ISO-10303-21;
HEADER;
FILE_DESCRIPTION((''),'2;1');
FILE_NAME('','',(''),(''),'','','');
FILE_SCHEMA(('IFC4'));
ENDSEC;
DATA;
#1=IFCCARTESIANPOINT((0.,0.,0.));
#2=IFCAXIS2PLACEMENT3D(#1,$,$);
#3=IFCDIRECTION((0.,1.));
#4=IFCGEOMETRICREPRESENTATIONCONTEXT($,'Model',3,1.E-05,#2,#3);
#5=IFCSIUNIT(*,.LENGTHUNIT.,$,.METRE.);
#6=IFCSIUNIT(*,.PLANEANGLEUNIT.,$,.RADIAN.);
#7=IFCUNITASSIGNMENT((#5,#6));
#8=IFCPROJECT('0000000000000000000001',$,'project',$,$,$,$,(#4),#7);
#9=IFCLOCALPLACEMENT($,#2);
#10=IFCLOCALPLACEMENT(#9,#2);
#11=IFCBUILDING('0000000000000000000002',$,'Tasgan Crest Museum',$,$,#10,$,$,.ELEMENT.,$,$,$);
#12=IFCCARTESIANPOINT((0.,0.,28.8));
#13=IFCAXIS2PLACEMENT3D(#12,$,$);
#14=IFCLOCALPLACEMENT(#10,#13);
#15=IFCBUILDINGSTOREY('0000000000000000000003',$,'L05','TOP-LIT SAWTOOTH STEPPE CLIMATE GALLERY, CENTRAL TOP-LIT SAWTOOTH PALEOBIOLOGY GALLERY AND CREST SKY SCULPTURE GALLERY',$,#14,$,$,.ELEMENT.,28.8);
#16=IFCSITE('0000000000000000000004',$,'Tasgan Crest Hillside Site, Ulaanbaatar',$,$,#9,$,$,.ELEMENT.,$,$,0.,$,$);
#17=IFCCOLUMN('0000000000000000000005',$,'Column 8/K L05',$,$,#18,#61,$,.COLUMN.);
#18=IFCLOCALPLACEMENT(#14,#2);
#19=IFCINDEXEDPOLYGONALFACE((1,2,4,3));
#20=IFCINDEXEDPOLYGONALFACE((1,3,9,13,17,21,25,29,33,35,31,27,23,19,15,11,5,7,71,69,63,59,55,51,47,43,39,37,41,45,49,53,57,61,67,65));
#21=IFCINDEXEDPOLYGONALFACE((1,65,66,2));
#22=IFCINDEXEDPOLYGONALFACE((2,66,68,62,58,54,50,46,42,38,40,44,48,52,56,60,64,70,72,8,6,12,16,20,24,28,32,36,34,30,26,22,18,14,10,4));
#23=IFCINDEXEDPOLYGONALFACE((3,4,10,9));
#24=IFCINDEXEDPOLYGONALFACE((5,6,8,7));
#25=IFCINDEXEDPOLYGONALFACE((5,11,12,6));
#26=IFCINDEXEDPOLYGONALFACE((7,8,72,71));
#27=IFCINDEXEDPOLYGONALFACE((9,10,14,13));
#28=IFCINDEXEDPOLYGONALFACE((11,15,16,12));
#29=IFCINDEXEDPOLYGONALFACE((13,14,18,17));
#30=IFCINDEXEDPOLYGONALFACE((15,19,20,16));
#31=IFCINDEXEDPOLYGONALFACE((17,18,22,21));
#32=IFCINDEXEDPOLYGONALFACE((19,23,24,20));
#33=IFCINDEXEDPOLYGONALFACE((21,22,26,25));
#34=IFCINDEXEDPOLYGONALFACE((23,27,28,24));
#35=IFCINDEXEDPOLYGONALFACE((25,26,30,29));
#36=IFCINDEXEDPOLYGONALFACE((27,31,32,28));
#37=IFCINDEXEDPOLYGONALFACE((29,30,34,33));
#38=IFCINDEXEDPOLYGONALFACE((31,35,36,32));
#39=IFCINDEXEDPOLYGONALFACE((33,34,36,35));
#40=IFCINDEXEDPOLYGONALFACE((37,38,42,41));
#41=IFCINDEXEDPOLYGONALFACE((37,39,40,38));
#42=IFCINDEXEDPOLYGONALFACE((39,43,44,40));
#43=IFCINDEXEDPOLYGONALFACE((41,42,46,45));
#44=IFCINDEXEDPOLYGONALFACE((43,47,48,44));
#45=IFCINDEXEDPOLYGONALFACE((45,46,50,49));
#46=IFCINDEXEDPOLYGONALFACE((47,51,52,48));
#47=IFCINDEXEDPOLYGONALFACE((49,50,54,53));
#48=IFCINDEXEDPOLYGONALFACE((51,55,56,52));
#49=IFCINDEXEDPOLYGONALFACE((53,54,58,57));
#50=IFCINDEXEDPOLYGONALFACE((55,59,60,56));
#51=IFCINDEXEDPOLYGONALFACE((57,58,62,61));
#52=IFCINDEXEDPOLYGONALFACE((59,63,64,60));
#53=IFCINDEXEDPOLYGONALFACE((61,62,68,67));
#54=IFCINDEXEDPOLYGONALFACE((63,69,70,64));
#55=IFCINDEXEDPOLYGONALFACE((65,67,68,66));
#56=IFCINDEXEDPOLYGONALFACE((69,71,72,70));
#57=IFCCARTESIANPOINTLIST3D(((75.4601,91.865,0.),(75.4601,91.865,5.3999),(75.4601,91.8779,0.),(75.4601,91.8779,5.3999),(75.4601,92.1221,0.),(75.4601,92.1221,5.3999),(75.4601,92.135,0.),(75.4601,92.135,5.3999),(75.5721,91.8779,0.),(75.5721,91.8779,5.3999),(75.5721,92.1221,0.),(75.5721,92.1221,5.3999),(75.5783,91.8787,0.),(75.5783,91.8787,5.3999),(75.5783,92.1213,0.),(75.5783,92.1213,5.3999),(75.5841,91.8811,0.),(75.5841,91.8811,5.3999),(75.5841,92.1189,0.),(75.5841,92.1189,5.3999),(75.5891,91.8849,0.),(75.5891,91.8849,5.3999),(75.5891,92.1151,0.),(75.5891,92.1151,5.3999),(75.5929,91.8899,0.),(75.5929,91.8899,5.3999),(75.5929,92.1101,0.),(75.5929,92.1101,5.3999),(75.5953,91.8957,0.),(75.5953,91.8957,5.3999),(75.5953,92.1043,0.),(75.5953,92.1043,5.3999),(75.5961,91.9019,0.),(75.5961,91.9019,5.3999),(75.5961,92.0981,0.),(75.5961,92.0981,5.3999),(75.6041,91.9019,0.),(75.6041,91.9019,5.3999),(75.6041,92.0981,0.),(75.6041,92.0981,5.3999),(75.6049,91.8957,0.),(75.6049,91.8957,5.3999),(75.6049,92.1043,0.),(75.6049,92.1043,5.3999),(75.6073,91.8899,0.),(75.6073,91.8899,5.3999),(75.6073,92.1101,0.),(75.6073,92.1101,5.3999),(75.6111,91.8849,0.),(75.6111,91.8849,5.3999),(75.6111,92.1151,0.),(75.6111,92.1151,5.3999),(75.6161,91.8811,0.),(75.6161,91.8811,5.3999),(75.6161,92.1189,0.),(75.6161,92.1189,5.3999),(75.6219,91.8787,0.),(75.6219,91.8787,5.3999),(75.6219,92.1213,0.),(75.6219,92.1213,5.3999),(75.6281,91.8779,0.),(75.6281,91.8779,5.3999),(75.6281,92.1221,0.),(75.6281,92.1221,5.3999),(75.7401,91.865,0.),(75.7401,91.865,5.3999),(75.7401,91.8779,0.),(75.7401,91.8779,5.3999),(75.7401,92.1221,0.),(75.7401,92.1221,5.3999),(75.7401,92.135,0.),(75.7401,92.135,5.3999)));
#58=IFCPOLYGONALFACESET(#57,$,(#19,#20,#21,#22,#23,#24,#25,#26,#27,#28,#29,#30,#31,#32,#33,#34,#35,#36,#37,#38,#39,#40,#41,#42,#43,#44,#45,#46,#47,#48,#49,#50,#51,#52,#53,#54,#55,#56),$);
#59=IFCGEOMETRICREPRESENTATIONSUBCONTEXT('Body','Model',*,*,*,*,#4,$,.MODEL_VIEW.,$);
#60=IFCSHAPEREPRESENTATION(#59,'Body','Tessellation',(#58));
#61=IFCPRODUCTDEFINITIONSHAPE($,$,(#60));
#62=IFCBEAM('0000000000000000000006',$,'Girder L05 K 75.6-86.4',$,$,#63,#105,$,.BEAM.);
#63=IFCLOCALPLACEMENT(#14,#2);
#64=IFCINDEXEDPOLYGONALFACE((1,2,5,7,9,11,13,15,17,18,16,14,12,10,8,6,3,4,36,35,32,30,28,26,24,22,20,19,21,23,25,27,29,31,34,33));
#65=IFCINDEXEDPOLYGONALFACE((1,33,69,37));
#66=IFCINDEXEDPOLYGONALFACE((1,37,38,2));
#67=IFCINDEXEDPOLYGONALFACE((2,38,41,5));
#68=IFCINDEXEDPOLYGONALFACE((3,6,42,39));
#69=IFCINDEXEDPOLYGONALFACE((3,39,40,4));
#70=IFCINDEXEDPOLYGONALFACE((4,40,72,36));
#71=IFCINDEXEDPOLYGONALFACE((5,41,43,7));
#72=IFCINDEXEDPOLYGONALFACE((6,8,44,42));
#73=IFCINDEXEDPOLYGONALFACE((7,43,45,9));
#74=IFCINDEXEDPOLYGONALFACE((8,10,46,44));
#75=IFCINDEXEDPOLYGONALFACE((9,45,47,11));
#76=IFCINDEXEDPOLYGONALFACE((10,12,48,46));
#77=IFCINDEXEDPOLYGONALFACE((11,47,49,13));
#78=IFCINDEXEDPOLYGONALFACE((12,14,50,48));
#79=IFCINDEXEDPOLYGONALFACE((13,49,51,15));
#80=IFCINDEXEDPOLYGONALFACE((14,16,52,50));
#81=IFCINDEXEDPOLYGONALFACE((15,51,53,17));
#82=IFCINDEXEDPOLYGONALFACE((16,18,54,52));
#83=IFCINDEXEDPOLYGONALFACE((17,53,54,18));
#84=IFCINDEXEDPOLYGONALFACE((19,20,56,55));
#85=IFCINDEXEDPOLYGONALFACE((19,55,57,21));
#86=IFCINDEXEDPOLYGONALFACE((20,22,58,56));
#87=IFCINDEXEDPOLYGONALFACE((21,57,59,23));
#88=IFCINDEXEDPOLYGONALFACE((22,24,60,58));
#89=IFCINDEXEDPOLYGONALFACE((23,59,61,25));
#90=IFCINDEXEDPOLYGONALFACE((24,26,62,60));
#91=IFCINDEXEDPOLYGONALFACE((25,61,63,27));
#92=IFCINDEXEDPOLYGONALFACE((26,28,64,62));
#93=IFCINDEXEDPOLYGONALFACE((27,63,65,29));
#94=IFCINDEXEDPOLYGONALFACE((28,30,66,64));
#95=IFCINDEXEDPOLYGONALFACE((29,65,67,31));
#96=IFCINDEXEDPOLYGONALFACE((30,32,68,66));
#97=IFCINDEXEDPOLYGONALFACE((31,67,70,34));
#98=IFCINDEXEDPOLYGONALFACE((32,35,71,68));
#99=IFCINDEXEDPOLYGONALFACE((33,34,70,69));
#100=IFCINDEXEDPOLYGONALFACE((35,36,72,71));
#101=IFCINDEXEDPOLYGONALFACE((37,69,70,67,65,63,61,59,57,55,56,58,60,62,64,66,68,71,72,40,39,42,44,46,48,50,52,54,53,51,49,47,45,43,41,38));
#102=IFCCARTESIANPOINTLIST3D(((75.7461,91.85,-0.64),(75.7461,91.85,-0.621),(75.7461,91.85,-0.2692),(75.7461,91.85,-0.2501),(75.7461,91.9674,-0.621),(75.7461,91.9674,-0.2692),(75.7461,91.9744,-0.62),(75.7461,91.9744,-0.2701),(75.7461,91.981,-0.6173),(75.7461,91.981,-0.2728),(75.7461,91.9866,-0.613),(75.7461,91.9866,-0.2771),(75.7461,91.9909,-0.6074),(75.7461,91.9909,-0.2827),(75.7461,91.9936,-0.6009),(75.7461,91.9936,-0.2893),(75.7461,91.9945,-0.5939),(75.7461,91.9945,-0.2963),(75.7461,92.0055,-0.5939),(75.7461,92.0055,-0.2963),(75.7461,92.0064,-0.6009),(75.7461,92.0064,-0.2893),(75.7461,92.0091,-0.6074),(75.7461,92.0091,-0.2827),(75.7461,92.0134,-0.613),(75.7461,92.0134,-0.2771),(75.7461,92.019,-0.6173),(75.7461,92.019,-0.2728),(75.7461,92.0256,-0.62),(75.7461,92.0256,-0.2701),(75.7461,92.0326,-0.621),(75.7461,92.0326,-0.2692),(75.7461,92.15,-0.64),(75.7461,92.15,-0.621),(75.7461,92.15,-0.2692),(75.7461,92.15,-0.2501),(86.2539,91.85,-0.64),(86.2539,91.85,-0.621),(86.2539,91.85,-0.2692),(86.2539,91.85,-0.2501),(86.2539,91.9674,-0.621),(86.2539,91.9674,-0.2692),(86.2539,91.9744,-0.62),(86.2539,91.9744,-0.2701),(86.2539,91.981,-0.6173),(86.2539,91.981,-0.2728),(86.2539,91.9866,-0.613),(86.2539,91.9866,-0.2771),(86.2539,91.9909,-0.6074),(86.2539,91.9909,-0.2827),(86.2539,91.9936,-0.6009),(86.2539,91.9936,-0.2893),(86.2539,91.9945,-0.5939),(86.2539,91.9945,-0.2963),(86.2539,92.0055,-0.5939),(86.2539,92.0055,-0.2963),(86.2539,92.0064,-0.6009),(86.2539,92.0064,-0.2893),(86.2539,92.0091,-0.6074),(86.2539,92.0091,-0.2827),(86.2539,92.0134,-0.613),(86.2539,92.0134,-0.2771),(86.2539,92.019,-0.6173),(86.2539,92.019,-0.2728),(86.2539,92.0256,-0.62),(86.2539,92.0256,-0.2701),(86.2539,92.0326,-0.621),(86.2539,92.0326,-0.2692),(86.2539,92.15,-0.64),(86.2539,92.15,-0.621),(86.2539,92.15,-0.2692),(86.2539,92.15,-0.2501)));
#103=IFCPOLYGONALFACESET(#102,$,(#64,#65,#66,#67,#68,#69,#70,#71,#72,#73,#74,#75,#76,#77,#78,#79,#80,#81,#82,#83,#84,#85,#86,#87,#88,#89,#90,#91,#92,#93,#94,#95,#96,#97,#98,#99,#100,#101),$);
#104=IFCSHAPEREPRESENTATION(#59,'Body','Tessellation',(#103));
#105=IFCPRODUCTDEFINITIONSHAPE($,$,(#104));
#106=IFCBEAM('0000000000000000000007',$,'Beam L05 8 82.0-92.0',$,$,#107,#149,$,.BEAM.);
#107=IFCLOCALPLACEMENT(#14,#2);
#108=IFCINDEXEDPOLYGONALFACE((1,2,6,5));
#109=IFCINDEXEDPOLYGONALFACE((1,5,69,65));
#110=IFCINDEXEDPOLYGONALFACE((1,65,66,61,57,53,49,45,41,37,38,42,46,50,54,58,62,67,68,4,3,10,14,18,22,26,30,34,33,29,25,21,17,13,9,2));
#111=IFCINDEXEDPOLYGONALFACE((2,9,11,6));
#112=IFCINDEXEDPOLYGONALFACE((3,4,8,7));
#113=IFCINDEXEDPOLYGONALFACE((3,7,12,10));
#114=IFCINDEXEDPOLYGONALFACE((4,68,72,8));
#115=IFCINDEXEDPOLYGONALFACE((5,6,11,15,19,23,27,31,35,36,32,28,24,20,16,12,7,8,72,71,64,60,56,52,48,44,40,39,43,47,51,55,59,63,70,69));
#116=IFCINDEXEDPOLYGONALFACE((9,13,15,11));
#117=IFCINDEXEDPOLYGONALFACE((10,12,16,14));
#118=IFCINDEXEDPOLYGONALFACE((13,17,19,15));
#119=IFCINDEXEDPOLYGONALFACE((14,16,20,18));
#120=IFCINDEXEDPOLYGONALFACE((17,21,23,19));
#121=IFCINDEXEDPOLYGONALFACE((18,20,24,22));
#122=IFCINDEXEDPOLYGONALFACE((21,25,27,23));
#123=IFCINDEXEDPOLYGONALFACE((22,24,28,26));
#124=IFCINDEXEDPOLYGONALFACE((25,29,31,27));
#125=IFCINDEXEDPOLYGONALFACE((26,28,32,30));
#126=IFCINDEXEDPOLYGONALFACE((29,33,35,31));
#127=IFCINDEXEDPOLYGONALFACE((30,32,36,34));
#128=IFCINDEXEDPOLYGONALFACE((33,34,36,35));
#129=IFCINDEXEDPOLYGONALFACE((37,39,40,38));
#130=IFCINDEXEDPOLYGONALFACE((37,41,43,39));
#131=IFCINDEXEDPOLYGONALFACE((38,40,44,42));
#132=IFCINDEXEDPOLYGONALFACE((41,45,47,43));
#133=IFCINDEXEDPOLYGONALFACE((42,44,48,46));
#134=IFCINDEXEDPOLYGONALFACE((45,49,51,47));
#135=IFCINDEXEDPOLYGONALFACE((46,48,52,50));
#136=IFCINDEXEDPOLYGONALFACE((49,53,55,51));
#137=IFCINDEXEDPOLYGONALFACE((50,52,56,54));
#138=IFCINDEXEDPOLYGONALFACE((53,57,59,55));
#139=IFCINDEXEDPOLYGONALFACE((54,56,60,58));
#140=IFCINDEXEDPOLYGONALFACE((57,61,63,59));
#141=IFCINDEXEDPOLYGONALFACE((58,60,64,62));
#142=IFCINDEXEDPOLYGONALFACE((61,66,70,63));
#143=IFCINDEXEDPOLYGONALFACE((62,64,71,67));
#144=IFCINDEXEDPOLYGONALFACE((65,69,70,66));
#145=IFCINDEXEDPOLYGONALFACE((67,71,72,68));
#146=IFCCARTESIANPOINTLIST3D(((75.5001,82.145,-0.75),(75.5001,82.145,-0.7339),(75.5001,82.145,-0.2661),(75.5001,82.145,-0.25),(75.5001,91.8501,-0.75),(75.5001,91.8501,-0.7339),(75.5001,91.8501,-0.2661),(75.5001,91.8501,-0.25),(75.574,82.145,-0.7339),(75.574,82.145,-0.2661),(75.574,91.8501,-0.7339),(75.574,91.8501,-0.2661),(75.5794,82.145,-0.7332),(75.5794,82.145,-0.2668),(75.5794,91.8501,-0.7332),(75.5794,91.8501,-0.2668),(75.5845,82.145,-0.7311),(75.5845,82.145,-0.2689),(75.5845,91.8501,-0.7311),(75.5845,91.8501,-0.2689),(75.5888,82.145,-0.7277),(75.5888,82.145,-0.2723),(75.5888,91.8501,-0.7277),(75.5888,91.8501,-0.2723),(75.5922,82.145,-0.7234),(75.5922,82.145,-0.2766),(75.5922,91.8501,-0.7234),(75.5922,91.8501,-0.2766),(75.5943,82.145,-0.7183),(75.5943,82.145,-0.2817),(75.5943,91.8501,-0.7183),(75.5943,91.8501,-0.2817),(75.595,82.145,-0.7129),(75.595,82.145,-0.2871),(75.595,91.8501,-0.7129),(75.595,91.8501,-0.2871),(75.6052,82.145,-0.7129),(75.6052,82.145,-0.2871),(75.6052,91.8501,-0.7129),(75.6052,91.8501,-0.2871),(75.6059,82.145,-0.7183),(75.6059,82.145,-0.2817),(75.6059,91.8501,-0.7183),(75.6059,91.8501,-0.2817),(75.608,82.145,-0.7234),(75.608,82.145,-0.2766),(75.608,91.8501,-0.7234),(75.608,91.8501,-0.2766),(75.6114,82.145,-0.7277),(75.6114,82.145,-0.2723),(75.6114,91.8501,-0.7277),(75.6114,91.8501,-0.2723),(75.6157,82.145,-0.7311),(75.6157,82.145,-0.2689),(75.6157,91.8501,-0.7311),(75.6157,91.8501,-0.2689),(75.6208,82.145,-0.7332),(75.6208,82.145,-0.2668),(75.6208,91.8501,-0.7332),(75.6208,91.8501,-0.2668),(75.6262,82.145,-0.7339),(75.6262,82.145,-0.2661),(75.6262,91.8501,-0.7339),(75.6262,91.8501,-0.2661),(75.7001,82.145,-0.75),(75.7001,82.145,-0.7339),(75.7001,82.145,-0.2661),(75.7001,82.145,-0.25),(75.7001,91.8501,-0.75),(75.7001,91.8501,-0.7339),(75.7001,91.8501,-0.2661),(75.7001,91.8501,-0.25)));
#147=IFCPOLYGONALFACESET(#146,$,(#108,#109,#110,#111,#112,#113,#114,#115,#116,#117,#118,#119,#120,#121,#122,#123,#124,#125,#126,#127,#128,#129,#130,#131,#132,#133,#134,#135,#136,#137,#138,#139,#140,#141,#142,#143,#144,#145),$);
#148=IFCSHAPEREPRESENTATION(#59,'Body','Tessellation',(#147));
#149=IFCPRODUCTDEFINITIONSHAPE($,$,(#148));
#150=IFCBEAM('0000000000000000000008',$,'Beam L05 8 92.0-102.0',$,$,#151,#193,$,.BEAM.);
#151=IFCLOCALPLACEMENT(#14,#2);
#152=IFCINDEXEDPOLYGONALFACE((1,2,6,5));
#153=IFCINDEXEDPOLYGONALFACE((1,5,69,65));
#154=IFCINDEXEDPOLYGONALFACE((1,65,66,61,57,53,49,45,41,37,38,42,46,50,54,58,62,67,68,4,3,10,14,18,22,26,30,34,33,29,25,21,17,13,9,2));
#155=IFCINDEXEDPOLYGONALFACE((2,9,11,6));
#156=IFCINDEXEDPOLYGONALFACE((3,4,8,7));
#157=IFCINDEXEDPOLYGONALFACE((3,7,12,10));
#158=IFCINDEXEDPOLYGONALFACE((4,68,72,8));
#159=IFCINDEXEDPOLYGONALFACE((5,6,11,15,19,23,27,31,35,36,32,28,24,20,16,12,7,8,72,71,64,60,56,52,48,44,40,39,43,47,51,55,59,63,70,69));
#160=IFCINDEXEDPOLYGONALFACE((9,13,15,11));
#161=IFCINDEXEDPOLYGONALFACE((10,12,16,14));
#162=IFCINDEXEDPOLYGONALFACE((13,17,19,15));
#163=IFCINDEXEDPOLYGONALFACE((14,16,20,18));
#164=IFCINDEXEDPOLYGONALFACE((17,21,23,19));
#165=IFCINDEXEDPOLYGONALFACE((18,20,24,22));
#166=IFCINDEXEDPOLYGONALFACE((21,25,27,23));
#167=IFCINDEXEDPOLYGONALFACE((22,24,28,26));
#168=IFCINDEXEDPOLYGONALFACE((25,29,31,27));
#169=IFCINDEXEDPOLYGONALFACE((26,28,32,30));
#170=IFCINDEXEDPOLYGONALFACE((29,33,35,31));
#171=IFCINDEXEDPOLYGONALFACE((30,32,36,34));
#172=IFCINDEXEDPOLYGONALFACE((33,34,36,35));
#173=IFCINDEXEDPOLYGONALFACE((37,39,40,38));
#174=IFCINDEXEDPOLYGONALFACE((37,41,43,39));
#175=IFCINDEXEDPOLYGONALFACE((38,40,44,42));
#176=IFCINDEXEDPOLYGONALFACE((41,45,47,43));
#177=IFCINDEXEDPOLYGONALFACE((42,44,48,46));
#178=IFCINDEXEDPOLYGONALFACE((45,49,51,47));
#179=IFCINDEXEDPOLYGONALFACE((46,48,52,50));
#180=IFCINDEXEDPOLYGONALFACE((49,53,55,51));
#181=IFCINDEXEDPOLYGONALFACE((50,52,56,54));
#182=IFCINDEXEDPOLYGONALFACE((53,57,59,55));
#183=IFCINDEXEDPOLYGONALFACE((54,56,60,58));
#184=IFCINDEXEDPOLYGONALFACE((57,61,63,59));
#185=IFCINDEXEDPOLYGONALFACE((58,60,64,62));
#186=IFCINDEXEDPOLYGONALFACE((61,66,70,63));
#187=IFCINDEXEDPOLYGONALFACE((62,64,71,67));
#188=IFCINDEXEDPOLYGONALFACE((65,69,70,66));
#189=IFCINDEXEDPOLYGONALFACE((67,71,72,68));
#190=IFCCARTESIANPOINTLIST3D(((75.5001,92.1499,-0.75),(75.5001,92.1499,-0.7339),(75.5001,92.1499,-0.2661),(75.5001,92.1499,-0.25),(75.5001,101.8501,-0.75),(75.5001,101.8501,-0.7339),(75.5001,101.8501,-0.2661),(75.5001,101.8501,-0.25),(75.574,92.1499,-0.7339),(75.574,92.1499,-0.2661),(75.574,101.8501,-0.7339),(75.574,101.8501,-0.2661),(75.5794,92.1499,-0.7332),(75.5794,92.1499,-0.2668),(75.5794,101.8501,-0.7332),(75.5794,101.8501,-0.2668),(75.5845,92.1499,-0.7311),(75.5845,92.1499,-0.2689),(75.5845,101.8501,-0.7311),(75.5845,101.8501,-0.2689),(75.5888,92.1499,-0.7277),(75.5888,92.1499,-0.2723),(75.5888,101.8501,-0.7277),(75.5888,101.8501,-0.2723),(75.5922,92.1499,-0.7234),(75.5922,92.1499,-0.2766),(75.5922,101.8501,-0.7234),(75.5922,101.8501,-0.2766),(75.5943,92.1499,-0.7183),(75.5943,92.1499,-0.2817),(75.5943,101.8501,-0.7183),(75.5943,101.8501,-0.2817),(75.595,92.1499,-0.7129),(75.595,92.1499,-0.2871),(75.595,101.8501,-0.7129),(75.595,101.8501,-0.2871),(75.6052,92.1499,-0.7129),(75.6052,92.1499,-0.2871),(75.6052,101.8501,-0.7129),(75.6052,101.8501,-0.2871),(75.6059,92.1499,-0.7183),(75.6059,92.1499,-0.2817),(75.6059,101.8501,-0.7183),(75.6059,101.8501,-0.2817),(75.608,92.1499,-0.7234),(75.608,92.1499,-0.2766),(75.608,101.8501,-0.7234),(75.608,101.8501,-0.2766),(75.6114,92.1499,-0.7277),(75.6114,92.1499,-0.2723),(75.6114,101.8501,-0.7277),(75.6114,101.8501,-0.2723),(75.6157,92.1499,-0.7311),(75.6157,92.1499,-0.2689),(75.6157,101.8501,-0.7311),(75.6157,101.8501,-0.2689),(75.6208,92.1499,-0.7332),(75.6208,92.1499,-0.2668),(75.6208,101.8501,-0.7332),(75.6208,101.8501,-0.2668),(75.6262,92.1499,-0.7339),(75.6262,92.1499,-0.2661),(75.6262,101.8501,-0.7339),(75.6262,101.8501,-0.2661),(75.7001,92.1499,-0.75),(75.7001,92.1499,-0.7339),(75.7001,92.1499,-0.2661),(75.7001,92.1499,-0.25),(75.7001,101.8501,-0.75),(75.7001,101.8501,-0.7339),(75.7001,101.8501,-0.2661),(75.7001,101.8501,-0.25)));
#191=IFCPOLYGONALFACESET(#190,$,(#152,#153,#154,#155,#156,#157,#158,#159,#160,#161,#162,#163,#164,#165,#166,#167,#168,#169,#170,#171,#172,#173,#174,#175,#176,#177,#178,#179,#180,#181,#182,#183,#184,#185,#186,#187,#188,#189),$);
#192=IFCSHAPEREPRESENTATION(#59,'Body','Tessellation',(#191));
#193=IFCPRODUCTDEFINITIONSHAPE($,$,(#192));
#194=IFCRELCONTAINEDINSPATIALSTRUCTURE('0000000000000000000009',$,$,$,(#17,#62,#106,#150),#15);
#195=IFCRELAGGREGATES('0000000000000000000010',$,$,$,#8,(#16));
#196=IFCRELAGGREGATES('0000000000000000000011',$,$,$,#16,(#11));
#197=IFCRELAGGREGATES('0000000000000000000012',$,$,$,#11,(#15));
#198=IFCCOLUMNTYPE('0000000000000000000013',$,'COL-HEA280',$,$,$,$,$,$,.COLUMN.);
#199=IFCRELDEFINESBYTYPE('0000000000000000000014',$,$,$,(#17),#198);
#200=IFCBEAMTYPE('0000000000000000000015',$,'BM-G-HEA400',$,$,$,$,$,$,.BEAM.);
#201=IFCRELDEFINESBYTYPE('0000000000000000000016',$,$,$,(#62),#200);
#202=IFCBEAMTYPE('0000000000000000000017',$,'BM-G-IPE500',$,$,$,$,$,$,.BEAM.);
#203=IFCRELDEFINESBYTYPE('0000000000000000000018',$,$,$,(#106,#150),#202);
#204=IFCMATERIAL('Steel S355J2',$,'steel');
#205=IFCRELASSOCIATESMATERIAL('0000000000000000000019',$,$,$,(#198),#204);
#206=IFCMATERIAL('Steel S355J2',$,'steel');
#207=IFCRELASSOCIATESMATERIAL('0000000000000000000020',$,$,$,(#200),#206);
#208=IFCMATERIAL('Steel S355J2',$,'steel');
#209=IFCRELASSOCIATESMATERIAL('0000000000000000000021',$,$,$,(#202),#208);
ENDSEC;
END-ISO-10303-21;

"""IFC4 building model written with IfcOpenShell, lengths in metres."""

from ifc_helpers import new_model, si_unit, direction, frame, origin, origin_2d, place, context, subcontext, project, spatial, i_section, extrude, material, material_profile, profile_set, type_object, element, save


model = new_model("IFC4")

# Units and contexts
model_context = context("Model", 3, precision=1e-05, world=origin(), true_north=direction((0.0, 1.0)))
body_context = subcontext(model_context, "Body", "Model", "MODEL_VIEW")
ifc_project = project(units=[si_unit("LENGTHUNIT", "METRE"), si_unit("PLANEANGLEUNIT", "RADIAN")], contexts=[model_context])

# Site, building, storey
site_placement = place(None, origin())
site = spatial("IfcSite", under=ifc_project, at=site_placement, Name="Tasgan Crest Hillside Site, Ulaanbaatar", CompositionType="ELEMENT", RefElevation=0.0)
building_placement = place(site_placement, origin())
building = spatial("IfcBuilding", under=site, at=building_placement, Name="Tasgan Crest Museum", CompositionType="ELEMENT")
storey_placement = place(building_placement, frame((0.0, 0.0, 28.8)))
storey = spatial("IfcBuildingStorey", under=building, at=storey_placement, Name="L05", Description="TOP-LIT SAWTOOTH STEPPE CLIMATE GALLERY, CENTRAL TOP-LIT SAWTOOTH PALEOBIOLOGY GALLERY AND CREST SKY SCULPTURE GALLERY", CompositionType="ELEMENT", Elevation=28.8)

# Column
ifc_material_1 = material(Name="Steel S355J2", Category="steel")
ifc_material_profile_1 = material_profile(ifc_material_1, i_section(OverallWidth=0.28, OverallDepth=0.27, WebThickness=0.0081, FlangeThickness=0.0129, FilletRadius=0.0239, at=origin_2d()), Name="HEA 280")
ifc_profile_set_1 = profile_set([ifc_material_profile_1], Name="Steel S355J2")
column_type = type_object("IfcColumnType", Name="COL-HEA280", PredefinedType="COLUMN", material=ifc_profile_set_1)
column_placement = place(storey_placement, frame((75.6001, 92.0, 0.0), z_axis=(0.0, 0.0, 1.0), x_axis=(1.0, 0.0, 0.0)))
element("IfcColumn", 1, at=column_placement, inside=storey, type_object=column_type, Name="Column 8/K L05", PredefinedType="COLUMN", context=body_context, shape_type="SweptSolid", body=[
    extrude(i_section(OverallWidth=0.28, OverallDepth=0.27, WebThickness=0.0081, FlangeThickness=0.0129, FilletRadius=0.0239, at=origin_2d()), origin(), (0.0, 0.0, 1.0), 5.3999),
])

# Beams
ifc_material_2 = material(Name="Steel S355J2", Category="steel")
ifc_material_profile_2 = material_profile(ifc_material_2, i_section(OverallWidth=0.3, OverallDepth=0.3899, WebThickness=0.011, FlangeThickness=0.019, FilletRadius=0.0271, at=origin_2d()), Name="HEA 400")
ifc_profile_set_2 = profile_set([ifc_material_profile_2], Name="Steel S355J2")
beam_type_1 = type_object("IfcBeamType", Name="BM-G-HEA400", PredefinedType="BEAM", material=ifc_profile_set_2)
beam_1_placement = place(storey_placement, frame((75.7461, 92.0, -0.4451), z_axis=(1.0, 0.0, 0.0), x_axis=(0.0, 1.0, 0.0)))
element("IfcBeam", 2, at=beam_1_placement, inside=storey, type_object=beam_type_1, Name="Girder L05 K 75.6-86.4", PredefinedType="BEAM", context=body_context, shape_type="SweptSolid", body=[
    extrude(i_section(OverallWidth=0.3, OverallDepth=0.3899, WebThickness=0.011, FlangeThickness=0.019, FilletRadius=0.0271, at=origin_2d()), origin(), (0.0, 0.0, 1.0), 10.5078),
])
ifc_material_3 = material(Name="Steel S355J2", Category="steel")
ifc_material_profile_3 = material_profile(ifc_material_3, i_section(OverallWidth=0.2, OverallDepth=0.5, WebThickness=0.0103, FlangeThickness=0.0161, FilletRadius=0.021, at=origin_2d()), Name="IPE 500")
ifc_profile_set_3 = profile_set([ifc_material_profile_3], Name="Steel S355J2")
beam_type_2 = type_object("IfcBeamType", Name="BM-G-IPE500", PredefinedType="BEAM", material=ifc_profile_set_3)
beam_2_placement = place(storey_placement, frame((75.6001, 82.145, -0.5), z_axis=(0.0, 1.0, 0.0), x_axis=(-1.0, 0.0, 0.0)))
element("IfcBeam", 3, at=beam_2_placement, inside=storey, type_object=beam_type_2, Name="Beam L05 8 82.0-92.0", PredefinedType="BEAM", context=body_context, shape_type="SweptSolid", body=[
    extrude(i_section(OverallWidth=0.2, OverallDepth=0.5, WebThickness=0.0103, FlangeThickness=0.0161, FilletRadius=0.021, at=origin_2d()), origin(), (0.0, 0.0, 1.0), 9.7051),
])
beam_3_placement = place(storey_placement, frame((75.6001, 92.1499, -0.5), z_axis=(0.0, 1.0, 0.0), x_axis=(-1.0, 0.0, 0.0)))
element("IfcBeam", 4, at=beam_3_placement, inside=storey, type_object=beam_type_2, Name="Beam L05 8 92.0-102.0", PredefinedType="BEAM", context=body_context, shape_type="SweptSolid", body=[
    extrude(i_section(OverallWidth=0.2, OverallDepth=0.5, WebThickness=0.0103, FlangeThickness=0.0161, FilletRadius=0.021, at=origin_2d()), origin(), (0.0, 0.0, 1.0), 9.7002),
])

save(model, "model.ifc")
